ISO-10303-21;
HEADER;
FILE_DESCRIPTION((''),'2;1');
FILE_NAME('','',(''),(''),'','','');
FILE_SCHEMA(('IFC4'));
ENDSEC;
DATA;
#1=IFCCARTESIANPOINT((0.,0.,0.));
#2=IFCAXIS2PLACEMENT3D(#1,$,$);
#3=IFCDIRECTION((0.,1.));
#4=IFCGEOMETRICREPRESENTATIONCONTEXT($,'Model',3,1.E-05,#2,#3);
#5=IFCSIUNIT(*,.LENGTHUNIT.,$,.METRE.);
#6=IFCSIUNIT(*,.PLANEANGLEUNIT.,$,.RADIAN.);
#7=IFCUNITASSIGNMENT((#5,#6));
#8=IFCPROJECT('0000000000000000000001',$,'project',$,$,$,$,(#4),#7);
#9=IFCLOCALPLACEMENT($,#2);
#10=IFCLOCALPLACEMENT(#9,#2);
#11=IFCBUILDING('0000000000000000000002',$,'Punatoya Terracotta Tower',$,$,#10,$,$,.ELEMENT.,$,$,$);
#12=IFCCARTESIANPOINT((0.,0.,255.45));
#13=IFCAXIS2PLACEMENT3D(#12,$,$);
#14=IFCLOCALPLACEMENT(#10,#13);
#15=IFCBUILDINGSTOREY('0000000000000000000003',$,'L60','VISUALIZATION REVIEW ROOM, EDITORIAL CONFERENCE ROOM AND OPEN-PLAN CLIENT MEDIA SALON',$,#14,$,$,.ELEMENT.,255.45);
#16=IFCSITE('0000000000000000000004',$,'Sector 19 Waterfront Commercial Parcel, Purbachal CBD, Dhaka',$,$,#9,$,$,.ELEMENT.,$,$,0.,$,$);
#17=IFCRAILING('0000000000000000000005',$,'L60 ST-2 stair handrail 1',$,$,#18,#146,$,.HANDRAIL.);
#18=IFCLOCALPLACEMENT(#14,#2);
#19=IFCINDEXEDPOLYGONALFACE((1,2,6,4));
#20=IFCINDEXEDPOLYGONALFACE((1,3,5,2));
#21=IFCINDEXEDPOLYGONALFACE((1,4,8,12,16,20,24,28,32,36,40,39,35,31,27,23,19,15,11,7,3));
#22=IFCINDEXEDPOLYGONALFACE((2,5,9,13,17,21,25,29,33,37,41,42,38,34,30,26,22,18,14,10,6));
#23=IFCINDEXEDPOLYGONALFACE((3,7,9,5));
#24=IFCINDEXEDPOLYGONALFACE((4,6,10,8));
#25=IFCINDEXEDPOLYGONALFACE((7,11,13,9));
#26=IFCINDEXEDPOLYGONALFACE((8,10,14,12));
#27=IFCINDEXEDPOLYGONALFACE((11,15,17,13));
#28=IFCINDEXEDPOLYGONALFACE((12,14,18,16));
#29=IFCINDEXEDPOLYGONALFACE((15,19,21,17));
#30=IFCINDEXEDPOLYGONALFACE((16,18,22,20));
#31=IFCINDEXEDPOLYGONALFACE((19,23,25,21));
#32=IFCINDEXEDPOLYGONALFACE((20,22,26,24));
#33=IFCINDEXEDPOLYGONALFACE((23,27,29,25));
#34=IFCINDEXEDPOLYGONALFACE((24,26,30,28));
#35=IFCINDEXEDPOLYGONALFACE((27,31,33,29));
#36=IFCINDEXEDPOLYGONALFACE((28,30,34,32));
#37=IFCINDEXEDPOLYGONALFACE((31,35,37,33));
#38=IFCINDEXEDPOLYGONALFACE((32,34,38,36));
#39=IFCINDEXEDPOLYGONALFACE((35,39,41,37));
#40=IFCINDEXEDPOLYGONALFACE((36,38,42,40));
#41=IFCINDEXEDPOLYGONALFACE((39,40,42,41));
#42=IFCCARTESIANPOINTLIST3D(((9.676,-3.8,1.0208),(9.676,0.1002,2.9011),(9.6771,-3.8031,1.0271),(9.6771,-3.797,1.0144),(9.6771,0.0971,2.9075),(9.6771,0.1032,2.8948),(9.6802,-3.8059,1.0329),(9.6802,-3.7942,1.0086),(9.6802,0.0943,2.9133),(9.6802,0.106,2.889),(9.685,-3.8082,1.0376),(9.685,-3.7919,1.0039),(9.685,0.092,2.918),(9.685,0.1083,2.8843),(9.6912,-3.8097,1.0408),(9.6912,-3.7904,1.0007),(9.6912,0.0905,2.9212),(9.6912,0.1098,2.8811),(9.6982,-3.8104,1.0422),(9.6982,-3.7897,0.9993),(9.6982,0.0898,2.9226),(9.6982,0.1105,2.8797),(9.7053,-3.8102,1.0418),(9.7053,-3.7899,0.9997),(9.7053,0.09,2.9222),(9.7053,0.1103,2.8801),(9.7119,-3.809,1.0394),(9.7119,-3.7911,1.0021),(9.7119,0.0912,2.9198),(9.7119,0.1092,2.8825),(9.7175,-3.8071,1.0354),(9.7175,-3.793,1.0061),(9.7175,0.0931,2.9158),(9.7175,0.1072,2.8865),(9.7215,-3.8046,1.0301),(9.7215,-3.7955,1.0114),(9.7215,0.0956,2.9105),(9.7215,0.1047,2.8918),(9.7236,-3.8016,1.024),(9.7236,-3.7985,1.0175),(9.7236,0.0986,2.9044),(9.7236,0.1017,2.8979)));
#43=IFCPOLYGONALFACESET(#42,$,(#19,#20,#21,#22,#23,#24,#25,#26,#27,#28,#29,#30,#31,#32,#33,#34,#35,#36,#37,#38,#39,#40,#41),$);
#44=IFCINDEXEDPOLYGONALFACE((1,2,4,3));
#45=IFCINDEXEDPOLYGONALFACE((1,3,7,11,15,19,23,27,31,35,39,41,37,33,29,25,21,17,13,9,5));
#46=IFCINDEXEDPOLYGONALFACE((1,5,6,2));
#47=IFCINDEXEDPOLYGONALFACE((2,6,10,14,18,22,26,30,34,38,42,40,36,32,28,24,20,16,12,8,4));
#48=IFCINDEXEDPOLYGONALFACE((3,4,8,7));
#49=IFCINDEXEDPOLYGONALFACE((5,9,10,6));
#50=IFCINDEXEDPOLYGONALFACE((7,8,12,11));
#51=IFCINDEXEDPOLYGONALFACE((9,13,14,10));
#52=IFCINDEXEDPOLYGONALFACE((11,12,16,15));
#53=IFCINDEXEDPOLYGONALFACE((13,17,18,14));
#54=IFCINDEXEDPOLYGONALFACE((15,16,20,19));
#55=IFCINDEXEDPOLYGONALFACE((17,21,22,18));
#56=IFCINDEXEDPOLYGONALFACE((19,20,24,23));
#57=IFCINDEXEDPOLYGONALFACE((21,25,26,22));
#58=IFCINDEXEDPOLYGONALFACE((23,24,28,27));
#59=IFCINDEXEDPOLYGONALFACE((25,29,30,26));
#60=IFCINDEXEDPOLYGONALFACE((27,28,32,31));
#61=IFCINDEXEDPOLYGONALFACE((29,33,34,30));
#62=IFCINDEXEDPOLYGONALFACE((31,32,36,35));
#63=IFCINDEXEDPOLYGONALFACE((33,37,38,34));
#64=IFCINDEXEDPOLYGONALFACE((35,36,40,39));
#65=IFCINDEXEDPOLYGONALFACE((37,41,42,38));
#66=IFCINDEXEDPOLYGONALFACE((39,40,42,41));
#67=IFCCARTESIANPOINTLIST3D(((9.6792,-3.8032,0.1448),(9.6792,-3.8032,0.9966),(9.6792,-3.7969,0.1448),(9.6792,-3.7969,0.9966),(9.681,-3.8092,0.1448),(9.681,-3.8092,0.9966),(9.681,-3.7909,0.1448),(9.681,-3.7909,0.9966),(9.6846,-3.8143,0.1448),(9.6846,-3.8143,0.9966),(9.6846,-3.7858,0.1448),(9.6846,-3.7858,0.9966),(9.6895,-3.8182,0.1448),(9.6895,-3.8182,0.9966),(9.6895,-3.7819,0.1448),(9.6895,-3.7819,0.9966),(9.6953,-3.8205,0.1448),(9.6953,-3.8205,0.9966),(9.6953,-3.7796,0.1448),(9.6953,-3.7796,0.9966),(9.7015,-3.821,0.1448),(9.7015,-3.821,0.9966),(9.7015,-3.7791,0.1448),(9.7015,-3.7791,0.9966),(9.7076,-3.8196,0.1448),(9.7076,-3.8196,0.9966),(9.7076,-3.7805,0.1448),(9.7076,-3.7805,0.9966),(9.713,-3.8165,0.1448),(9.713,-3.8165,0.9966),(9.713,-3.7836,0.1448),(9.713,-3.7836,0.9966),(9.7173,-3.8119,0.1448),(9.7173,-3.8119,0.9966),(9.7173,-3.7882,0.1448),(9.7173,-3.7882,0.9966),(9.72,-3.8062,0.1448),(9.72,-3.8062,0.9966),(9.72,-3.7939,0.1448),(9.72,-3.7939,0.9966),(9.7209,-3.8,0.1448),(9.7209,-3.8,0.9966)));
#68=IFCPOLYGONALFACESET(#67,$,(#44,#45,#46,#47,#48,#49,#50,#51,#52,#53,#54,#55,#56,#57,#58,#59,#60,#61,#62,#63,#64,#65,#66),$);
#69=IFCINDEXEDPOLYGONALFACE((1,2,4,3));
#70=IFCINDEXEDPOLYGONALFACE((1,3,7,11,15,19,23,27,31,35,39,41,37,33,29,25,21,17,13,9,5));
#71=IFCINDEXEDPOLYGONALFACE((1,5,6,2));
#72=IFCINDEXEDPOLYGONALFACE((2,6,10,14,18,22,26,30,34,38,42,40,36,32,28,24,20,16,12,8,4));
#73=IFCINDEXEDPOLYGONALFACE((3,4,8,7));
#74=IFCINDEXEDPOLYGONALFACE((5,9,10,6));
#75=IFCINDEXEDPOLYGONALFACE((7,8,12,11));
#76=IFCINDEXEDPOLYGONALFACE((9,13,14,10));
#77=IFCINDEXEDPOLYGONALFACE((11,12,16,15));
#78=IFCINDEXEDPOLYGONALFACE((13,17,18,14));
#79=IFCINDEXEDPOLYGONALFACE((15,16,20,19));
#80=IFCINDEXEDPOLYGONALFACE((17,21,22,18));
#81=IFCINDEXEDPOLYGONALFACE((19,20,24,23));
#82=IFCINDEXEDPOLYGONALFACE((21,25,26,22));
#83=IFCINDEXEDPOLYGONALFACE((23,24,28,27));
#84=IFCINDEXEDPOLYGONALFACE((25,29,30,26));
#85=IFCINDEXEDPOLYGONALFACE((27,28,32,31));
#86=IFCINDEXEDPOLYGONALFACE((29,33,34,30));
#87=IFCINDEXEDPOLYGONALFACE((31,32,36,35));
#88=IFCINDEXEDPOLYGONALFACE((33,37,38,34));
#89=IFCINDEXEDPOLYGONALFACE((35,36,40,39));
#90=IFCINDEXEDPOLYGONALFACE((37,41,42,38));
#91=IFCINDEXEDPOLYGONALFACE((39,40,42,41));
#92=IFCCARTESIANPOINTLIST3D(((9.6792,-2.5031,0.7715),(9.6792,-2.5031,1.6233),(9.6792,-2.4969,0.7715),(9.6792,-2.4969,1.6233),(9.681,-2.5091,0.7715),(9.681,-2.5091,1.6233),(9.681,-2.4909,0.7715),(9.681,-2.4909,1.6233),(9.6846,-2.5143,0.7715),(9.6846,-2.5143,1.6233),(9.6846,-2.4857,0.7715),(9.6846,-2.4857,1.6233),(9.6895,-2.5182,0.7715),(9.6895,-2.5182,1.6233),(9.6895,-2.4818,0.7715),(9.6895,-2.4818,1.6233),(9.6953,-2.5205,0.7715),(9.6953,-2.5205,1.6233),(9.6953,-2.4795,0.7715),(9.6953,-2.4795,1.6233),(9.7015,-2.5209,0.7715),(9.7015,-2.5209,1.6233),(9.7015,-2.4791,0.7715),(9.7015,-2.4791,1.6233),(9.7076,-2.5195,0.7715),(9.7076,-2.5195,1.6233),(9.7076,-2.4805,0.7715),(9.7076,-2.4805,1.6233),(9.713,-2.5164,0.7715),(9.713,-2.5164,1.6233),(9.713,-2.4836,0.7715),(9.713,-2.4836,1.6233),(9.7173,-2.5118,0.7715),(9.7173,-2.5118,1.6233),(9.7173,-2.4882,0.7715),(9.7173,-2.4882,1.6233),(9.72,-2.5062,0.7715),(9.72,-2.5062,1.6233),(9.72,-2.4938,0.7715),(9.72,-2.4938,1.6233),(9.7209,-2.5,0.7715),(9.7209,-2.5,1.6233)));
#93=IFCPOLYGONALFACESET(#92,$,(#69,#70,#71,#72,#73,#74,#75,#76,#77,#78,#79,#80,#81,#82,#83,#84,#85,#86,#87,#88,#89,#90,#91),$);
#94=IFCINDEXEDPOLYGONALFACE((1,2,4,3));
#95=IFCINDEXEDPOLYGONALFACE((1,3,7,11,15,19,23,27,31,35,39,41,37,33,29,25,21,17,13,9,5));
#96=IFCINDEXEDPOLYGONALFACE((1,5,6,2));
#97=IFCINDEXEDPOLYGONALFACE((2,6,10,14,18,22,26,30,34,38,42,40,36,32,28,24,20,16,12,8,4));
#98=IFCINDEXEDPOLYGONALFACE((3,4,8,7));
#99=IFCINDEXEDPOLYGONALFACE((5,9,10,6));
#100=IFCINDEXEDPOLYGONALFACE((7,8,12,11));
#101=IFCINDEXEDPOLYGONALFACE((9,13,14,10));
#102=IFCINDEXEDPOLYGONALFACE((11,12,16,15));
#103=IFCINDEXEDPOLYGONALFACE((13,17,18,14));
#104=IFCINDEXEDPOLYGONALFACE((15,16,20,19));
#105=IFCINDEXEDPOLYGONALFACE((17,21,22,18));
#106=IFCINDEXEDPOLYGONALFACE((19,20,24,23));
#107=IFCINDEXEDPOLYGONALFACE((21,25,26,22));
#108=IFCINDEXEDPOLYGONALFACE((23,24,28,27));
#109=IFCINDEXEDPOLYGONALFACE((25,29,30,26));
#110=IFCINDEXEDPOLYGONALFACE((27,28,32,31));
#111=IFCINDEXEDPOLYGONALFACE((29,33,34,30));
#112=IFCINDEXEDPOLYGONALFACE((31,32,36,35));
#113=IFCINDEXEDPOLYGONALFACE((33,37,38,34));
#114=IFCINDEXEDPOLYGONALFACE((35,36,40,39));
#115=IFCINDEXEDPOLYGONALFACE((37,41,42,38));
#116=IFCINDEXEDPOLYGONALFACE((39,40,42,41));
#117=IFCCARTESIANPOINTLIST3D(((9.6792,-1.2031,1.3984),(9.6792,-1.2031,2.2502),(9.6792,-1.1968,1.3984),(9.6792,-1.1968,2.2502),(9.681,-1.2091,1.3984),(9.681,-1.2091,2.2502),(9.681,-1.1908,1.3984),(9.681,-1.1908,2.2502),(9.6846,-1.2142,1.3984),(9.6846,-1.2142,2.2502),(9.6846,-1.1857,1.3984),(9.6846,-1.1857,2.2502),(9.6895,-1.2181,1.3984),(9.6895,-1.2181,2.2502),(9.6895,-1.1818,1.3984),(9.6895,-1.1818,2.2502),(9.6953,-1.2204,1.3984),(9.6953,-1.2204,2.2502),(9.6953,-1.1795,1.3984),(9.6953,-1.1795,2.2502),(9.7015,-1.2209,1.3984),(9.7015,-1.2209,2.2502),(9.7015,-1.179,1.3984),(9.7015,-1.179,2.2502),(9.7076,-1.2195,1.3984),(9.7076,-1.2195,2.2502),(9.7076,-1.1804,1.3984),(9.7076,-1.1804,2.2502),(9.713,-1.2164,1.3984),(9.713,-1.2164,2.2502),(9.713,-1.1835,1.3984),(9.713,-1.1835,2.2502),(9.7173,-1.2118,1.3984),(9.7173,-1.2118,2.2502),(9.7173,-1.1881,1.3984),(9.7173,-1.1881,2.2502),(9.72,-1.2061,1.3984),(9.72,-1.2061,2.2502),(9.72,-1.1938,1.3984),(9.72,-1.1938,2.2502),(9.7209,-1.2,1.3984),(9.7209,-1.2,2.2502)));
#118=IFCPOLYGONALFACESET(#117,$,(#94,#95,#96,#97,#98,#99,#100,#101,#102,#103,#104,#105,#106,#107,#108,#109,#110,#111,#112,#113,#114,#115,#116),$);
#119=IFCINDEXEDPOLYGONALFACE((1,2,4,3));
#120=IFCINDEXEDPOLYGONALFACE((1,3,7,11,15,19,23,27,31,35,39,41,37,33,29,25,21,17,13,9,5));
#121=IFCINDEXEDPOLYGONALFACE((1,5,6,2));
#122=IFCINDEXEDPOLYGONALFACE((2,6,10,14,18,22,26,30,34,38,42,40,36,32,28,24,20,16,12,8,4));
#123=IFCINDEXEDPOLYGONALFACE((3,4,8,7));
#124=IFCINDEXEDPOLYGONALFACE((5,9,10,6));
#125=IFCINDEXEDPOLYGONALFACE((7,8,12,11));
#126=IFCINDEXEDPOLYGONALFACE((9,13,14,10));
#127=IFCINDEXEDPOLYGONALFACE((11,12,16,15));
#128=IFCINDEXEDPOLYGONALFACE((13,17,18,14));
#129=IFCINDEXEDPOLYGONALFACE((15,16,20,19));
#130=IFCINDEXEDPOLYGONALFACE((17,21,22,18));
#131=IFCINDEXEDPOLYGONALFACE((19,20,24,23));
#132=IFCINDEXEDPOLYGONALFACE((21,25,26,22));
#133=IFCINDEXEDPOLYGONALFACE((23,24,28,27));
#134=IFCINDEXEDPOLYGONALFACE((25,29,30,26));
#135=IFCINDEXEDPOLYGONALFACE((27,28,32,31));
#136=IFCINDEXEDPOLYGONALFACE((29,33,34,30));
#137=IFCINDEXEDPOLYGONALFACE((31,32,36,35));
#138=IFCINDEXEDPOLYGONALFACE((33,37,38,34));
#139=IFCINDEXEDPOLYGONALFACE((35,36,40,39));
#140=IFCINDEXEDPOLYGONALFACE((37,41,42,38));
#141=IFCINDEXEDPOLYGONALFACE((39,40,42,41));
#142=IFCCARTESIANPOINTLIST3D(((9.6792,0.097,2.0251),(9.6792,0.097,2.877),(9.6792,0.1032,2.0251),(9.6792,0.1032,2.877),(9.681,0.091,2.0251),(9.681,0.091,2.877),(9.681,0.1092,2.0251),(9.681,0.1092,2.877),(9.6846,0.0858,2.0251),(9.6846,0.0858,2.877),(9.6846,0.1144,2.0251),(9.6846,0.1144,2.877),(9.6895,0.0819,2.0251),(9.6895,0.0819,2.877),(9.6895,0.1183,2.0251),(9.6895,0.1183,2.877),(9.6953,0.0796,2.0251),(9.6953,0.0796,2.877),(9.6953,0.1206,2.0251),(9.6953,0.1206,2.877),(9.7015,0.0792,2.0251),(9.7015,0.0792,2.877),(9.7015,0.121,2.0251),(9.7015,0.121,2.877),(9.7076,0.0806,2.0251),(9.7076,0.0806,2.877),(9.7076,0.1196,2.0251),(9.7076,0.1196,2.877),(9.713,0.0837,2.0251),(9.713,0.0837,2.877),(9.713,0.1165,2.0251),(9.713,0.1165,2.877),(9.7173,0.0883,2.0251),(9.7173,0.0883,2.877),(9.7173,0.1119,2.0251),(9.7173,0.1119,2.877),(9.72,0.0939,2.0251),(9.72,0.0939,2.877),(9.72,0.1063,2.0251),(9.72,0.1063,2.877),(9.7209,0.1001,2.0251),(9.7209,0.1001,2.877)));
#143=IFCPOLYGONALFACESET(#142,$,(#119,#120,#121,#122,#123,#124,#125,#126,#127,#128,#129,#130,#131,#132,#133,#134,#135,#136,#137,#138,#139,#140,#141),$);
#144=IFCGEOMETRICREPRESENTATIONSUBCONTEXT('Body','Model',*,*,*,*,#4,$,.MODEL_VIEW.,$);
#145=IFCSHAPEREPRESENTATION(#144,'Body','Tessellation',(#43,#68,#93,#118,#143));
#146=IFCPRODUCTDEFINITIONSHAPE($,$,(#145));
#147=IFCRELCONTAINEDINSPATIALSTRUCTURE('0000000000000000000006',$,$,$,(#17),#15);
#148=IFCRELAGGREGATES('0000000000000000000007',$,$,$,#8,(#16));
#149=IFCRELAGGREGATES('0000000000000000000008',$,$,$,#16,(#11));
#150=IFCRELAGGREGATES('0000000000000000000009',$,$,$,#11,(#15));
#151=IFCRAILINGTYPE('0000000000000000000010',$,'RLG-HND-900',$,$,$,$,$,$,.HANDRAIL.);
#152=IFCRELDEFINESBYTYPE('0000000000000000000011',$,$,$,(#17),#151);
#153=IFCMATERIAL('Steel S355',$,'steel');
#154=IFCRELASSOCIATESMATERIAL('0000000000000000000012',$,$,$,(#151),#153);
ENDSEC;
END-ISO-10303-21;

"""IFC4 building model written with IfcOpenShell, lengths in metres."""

from ifc_helpers import new_model, si_unit, direction, frame, origin, origin_2d, place, context, subcontext, project, spatial, circle, extrude, material, type_object, element, save


model = new_model("IFC4")

# Units and contexts
model_context = context("Model", 3, precision=1e-05, world=origin(), true_north=direction((0.0, 1.0)))
body_context = subcontext(model_context, "Body", "Model", "MODEL_VIEW")
ifc_project = project(units=[si_unit("LENGTHUNIT", "METRE"), si_unit("PLANEANGLEUNIT", "RADIAN")], contexts=[model_context])

# Site, building, storey
site_placement = place(None, origin())
site = spatial("IfcSite", under=ifc_project, at=site_placement, Name="Sector 19 Waterfront Commercial Parcel, Purbachal CBD, Dhaka", CompositionType="ELEMENT", RefElevation=0.0)
building_placement = place(site_placement, origin())
building = spatial("IfcBuilding", under=site, at=building_placement, Name="Punatoya Terracotta Tower", CompositionType="ELEMENT")
storey_placement = place(building_placement, frame((0.0, 0.0, 255.45)))
storey = spatial("IfcBuildingStorey", under=building, at=storey_placement, Name="L60", Description="VISUALIZATION REVIEW ROOM, EDITORIAL CONFERENCE ROOM AND OPEN-PLAN CLIENT MEDIA SALON", CompositionType="ELEMENT", Elevation=255.45)

# Shared definitions
ifc_material_1 = material(Name="Steel S355", Category="steel")

# Railing
railing_type_1 = type_object("IfcRailingType", Name="RLG-HND-900", PredefinedType="HANDRAIL", material=ifc_material_1)
railing_1_placement = place(storey_placement, frame((9.7, -3.8, 0.1448)))
element("IfcRailing", 1, at=railing_1_placement, inside=storey, type_object=railing_type_1, Name="L60 ST-2 stair handrail 1", PredefinedType="HANDRAIL", context=body_context, shape_type="SweptSolid", body=[
    extrude(circle(Radius=0.0239, at=origin_2d()), frame((0.0, 0.0, 0.876), z_axis=(0.0, 0.900774, 0.434289), x_axis=(-1.0, 0.0, 0.0)), (0.0, 0.0, 1.0), 4.3298),
    extrude(circle(Radius=0.021, at=origin_2d()), origin(), (0.0, 0.0, 1.0), 0.8518),
    extrude(circle(Radius=0.021, at=origin_2d()), frame((0.0, 1.3, 0.6267)), (0.0, 0.0, 1.0), 0.8518),
    extrude(circle(Radius=0.021, at=origin_2d()), frame((0.0, 2.6001, 1.2537)), (0.0, 0.0, 1.0), 0.8518),
    extrude(circle(Radius=0.021, at=origin_2d()), frame((0.0, 3.9001, 1.8804)), (0.0, 0.0, 1.0), 0.8518),
])

save(model, "model.ifc")
